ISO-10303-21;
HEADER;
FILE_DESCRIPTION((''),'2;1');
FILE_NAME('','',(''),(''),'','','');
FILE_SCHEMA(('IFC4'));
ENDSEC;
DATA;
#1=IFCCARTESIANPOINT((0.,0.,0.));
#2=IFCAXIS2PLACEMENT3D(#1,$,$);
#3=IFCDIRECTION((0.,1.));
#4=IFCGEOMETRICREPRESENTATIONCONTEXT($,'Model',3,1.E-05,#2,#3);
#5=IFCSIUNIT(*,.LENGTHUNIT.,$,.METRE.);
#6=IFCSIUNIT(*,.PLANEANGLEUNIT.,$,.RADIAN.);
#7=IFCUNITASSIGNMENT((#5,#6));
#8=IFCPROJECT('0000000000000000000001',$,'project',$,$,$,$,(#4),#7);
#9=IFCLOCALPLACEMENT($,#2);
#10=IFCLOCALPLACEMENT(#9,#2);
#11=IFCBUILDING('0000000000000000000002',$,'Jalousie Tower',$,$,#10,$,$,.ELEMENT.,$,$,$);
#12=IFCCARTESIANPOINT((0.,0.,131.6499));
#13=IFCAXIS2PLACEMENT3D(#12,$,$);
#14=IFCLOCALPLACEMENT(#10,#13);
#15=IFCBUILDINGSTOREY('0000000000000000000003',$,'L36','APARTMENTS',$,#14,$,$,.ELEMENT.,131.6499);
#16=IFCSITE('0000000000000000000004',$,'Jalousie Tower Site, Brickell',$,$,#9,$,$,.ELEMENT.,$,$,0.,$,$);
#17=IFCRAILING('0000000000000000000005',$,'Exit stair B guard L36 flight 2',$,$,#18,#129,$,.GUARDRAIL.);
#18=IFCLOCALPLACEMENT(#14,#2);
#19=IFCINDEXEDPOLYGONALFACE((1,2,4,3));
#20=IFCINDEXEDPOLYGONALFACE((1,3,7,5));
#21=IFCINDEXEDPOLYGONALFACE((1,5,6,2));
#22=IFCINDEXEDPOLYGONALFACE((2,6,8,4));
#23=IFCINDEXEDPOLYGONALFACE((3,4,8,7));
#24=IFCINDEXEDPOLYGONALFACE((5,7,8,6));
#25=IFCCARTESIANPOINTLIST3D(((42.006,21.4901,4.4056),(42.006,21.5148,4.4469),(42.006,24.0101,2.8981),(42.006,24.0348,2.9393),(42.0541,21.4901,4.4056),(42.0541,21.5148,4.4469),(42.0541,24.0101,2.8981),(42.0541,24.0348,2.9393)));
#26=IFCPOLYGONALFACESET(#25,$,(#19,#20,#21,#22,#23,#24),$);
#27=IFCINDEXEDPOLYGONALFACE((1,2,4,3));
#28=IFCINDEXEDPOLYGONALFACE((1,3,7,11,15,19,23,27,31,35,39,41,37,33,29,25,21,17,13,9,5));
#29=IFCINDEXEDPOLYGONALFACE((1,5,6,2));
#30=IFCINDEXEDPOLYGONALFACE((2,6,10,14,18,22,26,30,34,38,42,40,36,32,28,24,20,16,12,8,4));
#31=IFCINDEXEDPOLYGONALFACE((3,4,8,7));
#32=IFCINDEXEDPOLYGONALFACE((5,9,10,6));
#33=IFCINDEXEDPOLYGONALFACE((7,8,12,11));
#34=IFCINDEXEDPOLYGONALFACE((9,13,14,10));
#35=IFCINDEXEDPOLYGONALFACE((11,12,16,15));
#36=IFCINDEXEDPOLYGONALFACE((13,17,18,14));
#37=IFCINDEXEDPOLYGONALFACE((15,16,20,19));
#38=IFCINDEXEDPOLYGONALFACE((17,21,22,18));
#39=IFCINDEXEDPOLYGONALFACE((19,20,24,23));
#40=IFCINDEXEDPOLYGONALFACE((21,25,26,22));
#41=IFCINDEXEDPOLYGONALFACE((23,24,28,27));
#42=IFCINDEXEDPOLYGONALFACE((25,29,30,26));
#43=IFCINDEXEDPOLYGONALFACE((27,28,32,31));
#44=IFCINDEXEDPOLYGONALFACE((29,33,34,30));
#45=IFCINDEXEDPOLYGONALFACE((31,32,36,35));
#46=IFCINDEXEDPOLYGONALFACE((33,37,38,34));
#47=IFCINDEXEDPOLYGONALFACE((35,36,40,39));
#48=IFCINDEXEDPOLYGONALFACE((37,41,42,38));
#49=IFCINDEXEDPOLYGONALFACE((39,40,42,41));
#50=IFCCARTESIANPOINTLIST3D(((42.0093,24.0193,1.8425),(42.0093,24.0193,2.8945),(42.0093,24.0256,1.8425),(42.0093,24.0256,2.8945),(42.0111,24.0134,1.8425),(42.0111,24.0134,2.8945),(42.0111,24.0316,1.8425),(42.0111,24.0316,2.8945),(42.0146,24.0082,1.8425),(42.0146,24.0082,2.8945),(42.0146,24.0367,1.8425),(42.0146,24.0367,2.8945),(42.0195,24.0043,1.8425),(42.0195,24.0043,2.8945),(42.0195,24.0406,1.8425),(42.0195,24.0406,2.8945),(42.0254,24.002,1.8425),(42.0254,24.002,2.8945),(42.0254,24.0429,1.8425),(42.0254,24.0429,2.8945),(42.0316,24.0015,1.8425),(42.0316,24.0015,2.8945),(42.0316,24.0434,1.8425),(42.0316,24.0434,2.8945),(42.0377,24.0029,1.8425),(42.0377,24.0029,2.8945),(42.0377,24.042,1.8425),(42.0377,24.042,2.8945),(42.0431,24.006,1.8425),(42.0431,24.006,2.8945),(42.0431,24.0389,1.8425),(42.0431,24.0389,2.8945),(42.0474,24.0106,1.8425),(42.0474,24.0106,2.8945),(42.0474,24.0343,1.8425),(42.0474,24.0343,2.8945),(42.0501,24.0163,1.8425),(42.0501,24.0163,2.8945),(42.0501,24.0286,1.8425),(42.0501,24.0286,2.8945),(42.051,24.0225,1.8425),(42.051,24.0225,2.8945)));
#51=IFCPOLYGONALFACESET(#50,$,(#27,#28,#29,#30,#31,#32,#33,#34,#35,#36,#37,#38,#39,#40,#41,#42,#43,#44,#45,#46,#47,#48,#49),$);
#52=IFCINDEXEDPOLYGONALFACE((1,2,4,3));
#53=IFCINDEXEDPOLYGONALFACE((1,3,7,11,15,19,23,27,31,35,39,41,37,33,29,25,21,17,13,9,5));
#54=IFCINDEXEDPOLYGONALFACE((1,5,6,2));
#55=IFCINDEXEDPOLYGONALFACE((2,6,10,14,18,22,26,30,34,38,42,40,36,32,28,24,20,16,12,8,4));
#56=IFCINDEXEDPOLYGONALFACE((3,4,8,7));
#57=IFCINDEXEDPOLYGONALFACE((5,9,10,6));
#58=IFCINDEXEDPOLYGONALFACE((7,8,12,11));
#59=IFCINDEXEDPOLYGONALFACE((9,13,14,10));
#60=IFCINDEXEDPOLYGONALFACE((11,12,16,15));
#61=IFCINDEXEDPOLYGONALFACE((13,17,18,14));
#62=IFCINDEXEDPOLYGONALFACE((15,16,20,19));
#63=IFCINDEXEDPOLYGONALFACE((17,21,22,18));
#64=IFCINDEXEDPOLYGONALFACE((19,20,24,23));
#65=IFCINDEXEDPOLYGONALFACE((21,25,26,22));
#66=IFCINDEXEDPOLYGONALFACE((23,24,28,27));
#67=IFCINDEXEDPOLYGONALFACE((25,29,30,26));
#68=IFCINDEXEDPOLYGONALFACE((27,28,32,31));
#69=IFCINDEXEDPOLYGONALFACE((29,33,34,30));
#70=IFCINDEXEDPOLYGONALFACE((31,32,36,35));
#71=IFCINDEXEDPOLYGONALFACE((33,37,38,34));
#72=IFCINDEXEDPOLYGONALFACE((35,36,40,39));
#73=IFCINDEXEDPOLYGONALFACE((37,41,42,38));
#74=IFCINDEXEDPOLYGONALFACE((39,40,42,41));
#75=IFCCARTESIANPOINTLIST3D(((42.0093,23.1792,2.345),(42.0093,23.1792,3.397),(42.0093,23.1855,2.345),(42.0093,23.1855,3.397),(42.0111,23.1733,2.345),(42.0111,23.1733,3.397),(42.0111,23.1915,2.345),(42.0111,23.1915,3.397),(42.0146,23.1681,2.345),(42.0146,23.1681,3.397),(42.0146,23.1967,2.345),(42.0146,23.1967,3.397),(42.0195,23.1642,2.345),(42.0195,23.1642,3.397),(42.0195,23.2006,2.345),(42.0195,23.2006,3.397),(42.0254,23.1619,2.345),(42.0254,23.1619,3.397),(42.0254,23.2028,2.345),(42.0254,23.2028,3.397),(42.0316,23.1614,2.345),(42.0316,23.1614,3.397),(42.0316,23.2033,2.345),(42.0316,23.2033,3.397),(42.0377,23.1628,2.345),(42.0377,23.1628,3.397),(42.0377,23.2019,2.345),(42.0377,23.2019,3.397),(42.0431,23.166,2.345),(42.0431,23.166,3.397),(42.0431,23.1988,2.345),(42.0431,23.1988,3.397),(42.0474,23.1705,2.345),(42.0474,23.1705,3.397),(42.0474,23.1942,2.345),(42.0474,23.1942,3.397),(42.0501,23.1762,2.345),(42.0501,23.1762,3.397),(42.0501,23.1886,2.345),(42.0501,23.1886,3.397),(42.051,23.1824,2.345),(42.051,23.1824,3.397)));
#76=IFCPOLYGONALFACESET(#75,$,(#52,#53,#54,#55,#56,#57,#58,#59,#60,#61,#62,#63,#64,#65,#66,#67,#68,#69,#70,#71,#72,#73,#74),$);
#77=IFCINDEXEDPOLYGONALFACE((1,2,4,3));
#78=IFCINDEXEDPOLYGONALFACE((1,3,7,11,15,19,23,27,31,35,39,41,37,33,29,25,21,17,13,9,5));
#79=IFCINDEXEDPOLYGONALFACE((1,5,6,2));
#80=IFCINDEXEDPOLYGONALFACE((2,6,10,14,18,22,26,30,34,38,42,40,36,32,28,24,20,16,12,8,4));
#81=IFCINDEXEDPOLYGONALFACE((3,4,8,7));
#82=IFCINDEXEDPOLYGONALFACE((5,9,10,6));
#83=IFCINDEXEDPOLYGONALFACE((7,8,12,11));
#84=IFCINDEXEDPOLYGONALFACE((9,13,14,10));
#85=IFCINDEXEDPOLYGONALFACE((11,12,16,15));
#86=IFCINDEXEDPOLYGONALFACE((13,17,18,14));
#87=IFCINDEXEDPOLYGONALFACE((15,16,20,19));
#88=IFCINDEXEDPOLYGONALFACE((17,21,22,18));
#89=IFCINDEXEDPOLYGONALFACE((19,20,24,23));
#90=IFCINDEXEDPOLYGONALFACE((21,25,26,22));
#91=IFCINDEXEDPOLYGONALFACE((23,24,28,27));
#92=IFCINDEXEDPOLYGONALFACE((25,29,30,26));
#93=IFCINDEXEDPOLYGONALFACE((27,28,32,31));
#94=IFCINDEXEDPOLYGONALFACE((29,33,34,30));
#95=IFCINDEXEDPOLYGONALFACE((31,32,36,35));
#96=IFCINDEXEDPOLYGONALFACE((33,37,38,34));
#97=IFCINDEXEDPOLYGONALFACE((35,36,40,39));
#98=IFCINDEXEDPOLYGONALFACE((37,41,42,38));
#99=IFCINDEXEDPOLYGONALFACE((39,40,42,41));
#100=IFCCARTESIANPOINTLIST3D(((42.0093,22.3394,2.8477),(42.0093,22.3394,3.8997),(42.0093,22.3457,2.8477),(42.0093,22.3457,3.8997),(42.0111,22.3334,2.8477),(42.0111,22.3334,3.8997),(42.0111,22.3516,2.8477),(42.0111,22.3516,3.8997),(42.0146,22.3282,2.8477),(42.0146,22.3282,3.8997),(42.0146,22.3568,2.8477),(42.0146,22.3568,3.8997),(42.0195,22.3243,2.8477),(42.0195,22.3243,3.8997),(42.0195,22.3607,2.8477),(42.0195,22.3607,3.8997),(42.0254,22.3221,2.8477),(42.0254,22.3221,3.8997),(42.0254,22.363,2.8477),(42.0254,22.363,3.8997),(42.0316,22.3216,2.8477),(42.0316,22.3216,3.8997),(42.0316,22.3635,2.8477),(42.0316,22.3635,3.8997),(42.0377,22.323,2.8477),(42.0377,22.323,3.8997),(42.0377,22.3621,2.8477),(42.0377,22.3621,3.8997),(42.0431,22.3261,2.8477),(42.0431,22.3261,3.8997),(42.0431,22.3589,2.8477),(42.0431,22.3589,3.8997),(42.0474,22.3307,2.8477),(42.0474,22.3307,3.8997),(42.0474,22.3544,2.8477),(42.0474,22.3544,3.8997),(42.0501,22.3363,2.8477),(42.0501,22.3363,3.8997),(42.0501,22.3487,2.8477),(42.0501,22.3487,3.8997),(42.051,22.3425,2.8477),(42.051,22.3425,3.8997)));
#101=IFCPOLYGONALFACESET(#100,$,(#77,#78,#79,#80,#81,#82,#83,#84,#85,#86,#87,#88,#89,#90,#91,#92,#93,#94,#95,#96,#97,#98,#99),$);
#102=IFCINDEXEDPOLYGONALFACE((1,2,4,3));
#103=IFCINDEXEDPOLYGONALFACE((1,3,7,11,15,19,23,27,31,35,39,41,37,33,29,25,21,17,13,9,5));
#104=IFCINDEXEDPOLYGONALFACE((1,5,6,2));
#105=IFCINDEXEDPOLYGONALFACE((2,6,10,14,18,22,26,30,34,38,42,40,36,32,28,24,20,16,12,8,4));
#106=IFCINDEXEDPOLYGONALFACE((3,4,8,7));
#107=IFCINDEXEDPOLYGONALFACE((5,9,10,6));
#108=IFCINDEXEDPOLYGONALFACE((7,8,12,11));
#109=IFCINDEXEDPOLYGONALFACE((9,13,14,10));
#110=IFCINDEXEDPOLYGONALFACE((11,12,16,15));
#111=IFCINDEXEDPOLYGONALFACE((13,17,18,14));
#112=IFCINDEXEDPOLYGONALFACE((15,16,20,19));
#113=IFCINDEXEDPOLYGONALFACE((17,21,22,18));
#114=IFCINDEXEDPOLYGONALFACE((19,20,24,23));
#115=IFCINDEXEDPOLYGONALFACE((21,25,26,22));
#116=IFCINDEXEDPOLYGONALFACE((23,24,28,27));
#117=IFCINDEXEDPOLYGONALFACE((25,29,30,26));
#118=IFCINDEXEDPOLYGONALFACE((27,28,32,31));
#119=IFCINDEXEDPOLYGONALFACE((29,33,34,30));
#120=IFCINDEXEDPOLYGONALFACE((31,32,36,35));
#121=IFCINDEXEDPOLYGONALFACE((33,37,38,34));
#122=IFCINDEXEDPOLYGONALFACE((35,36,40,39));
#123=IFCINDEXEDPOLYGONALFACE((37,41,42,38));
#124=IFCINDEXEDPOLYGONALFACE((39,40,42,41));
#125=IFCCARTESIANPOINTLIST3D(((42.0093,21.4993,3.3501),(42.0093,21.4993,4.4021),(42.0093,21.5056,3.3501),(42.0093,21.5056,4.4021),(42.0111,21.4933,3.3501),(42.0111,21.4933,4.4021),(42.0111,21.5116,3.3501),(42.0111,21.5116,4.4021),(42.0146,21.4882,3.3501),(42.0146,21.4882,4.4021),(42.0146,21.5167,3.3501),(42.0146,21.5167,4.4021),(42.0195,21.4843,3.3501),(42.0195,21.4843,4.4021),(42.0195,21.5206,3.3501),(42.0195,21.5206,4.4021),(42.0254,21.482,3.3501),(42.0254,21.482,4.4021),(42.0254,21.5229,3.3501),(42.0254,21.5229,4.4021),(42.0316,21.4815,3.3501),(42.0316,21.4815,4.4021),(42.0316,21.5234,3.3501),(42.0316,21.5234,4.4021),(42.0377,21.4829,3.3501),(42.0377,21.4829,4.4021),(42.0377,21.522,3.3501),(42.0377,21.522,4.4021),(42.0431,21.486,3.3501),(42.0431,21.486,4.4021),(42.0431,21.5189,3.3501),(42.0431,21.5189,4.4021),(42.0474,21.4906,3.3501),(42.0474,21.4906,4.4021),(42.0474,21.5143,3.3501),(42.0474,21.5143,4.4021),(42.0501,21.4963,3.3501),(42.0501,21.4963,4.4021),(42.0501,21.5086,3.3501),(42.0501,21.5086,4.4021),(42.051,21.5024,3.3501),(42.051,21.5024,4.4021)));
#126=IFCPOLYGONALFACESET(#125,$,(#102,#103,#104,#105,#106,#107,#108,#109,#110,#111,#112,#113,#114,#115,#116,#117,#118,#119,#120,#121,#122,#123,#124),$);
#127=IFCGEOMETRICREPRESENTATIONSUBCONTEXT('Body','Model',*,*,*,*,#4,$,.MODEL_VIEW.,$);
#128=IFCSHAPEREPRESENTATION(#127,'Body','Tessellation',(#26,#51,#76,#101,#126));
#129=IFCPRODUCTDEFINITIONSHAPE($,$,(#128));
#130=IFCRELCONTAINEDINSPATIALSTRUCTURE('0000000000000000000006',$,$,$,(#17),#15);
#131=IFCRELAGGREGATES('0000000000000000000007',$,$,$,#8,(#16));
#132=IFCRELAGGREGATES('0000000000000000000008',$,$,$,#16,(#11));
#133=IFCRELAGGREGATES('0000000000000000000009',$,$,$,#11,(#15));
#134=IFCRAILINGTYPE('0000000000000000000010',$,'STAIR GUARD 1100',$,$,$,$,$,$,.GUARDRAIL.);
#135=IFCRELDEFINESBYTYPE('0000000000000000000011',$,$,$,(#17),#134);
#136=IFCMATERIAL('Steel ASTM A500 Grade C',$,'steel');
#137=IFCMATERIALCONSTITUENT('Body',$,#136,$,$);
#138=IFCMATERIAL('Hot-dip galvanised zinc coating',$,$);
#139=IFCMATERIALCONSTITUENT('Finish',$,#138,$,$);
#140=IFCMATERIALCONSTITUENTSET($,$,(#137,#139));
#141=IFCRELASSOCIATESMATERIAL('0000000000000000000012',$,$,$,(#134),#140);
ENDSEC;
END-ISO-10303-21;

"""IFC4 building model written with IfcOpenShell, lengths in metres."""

from ifc_helpers import new_model, si_unit, direction, frame, origin, origin_2d, place, context, subcontext, project, spatial, rectangle, circle, extrude, material, constituent, constituent_set, type_object, element, save


model = new_model("IFC4")

# Units and contexts
model_context = context("Model", 3, precision=1e-05, world=origin(), true_north=direction((0.0, 1.0)))
body_context = subcontext(model_context, "Body", "Model", "MODEL_VIEW")
ifc_project = project(units=[si_unit("LENGTHUNIT", "METRE"), si_unit("PLANEANGLEUNIT", "RADIAN")], contexts=[model_context])

# Site, building, storey
site_placement = place(None, origin())
site = spatial("IfcSite", under=ifc_project, at=site_placement, Name="Jalousie Tower Site, Brickell", CompositionType="ELEMENT", RefElevation=0.0)
building_placement = place(site_placement, origin())
building = spatial("IfcBuilding", under=site, at=building_placement, Name="Jalousie Tower", CompositionType="ELEMENT")
storey_placement = place(building_placement, frame((0.0, 0.0, 131.6499)))
storey = spatial("IfcBuildingStorey", under=building, at=storey_placement, Name="L36", Description="APARTMENTS", CompositionType="ELEMENT", Elevation=131.6499)

# Railing
ifc_material_1 = material(Name="Steel ASTM A500 Grade C", Category="steel")
ifc_constituent_1 = constituent(ifc_material_1, Name="Body")
ifc_material_2 = material(Name="Hot-dip galvanised zinc coating")
ifc_constituent_2 = constituent(ifc_material_2, Name="Finish")
ifc_constituent_set_1 = constituent_set(constituents=[ifc_constituent_1, ifc_constituent_2])
railing_type_1 = type_object("IfcRailingType", Name="STAIR GUARD 1100", PredefinedType="GUARDRAIL", material=ifc_constituent_set_1)
railing_1_placement = place(storey_placement, frame((42.03, 24.0225, 1.8425)))
element("IfcRailing", 1, at=railing_1_placement, inside=storey, type_object=railing_type_1, Name="Exit stair B guard L36 flight 2", PredefinedType="GUARDRAIL", context=body_context, shape_type="SweptSolid", body=[
    extrude(rectangle(XDim=0.0481, YDim=0.0481, at=origin_2d()), frame((0.0, 0.0, 1.0762), z_axis=(0.0, -0.85816, 0.513383), x_axis=(1.0, 0.0, 0.0)), (0.0, 0.0, 1.0), 2.9365),
    extrude(circle(Radius=0.021, at=origin_2d()), origin(), (0.0, 0.0, 1.0), 1.052),
    extrude(circle(Radius=0.021, at=origin_2d()), frame((0.0, -0.8401, 0.5024)), (0.0, 0.0, 1.0), 1.052),
    extrude(circle(Radius=0.021, at=origin_2d()), frame((0.0, -1.6799, 1.0051)), (0.0, 0.0, 1.0), 1.052),
    extrude(circle(Radius=0.021, at=origin_2d()), frame((0.0, -2.52, 1.5076)), (0.0, 0.0, 1.0), 1.052),
])

save(model, "model.ifc")
